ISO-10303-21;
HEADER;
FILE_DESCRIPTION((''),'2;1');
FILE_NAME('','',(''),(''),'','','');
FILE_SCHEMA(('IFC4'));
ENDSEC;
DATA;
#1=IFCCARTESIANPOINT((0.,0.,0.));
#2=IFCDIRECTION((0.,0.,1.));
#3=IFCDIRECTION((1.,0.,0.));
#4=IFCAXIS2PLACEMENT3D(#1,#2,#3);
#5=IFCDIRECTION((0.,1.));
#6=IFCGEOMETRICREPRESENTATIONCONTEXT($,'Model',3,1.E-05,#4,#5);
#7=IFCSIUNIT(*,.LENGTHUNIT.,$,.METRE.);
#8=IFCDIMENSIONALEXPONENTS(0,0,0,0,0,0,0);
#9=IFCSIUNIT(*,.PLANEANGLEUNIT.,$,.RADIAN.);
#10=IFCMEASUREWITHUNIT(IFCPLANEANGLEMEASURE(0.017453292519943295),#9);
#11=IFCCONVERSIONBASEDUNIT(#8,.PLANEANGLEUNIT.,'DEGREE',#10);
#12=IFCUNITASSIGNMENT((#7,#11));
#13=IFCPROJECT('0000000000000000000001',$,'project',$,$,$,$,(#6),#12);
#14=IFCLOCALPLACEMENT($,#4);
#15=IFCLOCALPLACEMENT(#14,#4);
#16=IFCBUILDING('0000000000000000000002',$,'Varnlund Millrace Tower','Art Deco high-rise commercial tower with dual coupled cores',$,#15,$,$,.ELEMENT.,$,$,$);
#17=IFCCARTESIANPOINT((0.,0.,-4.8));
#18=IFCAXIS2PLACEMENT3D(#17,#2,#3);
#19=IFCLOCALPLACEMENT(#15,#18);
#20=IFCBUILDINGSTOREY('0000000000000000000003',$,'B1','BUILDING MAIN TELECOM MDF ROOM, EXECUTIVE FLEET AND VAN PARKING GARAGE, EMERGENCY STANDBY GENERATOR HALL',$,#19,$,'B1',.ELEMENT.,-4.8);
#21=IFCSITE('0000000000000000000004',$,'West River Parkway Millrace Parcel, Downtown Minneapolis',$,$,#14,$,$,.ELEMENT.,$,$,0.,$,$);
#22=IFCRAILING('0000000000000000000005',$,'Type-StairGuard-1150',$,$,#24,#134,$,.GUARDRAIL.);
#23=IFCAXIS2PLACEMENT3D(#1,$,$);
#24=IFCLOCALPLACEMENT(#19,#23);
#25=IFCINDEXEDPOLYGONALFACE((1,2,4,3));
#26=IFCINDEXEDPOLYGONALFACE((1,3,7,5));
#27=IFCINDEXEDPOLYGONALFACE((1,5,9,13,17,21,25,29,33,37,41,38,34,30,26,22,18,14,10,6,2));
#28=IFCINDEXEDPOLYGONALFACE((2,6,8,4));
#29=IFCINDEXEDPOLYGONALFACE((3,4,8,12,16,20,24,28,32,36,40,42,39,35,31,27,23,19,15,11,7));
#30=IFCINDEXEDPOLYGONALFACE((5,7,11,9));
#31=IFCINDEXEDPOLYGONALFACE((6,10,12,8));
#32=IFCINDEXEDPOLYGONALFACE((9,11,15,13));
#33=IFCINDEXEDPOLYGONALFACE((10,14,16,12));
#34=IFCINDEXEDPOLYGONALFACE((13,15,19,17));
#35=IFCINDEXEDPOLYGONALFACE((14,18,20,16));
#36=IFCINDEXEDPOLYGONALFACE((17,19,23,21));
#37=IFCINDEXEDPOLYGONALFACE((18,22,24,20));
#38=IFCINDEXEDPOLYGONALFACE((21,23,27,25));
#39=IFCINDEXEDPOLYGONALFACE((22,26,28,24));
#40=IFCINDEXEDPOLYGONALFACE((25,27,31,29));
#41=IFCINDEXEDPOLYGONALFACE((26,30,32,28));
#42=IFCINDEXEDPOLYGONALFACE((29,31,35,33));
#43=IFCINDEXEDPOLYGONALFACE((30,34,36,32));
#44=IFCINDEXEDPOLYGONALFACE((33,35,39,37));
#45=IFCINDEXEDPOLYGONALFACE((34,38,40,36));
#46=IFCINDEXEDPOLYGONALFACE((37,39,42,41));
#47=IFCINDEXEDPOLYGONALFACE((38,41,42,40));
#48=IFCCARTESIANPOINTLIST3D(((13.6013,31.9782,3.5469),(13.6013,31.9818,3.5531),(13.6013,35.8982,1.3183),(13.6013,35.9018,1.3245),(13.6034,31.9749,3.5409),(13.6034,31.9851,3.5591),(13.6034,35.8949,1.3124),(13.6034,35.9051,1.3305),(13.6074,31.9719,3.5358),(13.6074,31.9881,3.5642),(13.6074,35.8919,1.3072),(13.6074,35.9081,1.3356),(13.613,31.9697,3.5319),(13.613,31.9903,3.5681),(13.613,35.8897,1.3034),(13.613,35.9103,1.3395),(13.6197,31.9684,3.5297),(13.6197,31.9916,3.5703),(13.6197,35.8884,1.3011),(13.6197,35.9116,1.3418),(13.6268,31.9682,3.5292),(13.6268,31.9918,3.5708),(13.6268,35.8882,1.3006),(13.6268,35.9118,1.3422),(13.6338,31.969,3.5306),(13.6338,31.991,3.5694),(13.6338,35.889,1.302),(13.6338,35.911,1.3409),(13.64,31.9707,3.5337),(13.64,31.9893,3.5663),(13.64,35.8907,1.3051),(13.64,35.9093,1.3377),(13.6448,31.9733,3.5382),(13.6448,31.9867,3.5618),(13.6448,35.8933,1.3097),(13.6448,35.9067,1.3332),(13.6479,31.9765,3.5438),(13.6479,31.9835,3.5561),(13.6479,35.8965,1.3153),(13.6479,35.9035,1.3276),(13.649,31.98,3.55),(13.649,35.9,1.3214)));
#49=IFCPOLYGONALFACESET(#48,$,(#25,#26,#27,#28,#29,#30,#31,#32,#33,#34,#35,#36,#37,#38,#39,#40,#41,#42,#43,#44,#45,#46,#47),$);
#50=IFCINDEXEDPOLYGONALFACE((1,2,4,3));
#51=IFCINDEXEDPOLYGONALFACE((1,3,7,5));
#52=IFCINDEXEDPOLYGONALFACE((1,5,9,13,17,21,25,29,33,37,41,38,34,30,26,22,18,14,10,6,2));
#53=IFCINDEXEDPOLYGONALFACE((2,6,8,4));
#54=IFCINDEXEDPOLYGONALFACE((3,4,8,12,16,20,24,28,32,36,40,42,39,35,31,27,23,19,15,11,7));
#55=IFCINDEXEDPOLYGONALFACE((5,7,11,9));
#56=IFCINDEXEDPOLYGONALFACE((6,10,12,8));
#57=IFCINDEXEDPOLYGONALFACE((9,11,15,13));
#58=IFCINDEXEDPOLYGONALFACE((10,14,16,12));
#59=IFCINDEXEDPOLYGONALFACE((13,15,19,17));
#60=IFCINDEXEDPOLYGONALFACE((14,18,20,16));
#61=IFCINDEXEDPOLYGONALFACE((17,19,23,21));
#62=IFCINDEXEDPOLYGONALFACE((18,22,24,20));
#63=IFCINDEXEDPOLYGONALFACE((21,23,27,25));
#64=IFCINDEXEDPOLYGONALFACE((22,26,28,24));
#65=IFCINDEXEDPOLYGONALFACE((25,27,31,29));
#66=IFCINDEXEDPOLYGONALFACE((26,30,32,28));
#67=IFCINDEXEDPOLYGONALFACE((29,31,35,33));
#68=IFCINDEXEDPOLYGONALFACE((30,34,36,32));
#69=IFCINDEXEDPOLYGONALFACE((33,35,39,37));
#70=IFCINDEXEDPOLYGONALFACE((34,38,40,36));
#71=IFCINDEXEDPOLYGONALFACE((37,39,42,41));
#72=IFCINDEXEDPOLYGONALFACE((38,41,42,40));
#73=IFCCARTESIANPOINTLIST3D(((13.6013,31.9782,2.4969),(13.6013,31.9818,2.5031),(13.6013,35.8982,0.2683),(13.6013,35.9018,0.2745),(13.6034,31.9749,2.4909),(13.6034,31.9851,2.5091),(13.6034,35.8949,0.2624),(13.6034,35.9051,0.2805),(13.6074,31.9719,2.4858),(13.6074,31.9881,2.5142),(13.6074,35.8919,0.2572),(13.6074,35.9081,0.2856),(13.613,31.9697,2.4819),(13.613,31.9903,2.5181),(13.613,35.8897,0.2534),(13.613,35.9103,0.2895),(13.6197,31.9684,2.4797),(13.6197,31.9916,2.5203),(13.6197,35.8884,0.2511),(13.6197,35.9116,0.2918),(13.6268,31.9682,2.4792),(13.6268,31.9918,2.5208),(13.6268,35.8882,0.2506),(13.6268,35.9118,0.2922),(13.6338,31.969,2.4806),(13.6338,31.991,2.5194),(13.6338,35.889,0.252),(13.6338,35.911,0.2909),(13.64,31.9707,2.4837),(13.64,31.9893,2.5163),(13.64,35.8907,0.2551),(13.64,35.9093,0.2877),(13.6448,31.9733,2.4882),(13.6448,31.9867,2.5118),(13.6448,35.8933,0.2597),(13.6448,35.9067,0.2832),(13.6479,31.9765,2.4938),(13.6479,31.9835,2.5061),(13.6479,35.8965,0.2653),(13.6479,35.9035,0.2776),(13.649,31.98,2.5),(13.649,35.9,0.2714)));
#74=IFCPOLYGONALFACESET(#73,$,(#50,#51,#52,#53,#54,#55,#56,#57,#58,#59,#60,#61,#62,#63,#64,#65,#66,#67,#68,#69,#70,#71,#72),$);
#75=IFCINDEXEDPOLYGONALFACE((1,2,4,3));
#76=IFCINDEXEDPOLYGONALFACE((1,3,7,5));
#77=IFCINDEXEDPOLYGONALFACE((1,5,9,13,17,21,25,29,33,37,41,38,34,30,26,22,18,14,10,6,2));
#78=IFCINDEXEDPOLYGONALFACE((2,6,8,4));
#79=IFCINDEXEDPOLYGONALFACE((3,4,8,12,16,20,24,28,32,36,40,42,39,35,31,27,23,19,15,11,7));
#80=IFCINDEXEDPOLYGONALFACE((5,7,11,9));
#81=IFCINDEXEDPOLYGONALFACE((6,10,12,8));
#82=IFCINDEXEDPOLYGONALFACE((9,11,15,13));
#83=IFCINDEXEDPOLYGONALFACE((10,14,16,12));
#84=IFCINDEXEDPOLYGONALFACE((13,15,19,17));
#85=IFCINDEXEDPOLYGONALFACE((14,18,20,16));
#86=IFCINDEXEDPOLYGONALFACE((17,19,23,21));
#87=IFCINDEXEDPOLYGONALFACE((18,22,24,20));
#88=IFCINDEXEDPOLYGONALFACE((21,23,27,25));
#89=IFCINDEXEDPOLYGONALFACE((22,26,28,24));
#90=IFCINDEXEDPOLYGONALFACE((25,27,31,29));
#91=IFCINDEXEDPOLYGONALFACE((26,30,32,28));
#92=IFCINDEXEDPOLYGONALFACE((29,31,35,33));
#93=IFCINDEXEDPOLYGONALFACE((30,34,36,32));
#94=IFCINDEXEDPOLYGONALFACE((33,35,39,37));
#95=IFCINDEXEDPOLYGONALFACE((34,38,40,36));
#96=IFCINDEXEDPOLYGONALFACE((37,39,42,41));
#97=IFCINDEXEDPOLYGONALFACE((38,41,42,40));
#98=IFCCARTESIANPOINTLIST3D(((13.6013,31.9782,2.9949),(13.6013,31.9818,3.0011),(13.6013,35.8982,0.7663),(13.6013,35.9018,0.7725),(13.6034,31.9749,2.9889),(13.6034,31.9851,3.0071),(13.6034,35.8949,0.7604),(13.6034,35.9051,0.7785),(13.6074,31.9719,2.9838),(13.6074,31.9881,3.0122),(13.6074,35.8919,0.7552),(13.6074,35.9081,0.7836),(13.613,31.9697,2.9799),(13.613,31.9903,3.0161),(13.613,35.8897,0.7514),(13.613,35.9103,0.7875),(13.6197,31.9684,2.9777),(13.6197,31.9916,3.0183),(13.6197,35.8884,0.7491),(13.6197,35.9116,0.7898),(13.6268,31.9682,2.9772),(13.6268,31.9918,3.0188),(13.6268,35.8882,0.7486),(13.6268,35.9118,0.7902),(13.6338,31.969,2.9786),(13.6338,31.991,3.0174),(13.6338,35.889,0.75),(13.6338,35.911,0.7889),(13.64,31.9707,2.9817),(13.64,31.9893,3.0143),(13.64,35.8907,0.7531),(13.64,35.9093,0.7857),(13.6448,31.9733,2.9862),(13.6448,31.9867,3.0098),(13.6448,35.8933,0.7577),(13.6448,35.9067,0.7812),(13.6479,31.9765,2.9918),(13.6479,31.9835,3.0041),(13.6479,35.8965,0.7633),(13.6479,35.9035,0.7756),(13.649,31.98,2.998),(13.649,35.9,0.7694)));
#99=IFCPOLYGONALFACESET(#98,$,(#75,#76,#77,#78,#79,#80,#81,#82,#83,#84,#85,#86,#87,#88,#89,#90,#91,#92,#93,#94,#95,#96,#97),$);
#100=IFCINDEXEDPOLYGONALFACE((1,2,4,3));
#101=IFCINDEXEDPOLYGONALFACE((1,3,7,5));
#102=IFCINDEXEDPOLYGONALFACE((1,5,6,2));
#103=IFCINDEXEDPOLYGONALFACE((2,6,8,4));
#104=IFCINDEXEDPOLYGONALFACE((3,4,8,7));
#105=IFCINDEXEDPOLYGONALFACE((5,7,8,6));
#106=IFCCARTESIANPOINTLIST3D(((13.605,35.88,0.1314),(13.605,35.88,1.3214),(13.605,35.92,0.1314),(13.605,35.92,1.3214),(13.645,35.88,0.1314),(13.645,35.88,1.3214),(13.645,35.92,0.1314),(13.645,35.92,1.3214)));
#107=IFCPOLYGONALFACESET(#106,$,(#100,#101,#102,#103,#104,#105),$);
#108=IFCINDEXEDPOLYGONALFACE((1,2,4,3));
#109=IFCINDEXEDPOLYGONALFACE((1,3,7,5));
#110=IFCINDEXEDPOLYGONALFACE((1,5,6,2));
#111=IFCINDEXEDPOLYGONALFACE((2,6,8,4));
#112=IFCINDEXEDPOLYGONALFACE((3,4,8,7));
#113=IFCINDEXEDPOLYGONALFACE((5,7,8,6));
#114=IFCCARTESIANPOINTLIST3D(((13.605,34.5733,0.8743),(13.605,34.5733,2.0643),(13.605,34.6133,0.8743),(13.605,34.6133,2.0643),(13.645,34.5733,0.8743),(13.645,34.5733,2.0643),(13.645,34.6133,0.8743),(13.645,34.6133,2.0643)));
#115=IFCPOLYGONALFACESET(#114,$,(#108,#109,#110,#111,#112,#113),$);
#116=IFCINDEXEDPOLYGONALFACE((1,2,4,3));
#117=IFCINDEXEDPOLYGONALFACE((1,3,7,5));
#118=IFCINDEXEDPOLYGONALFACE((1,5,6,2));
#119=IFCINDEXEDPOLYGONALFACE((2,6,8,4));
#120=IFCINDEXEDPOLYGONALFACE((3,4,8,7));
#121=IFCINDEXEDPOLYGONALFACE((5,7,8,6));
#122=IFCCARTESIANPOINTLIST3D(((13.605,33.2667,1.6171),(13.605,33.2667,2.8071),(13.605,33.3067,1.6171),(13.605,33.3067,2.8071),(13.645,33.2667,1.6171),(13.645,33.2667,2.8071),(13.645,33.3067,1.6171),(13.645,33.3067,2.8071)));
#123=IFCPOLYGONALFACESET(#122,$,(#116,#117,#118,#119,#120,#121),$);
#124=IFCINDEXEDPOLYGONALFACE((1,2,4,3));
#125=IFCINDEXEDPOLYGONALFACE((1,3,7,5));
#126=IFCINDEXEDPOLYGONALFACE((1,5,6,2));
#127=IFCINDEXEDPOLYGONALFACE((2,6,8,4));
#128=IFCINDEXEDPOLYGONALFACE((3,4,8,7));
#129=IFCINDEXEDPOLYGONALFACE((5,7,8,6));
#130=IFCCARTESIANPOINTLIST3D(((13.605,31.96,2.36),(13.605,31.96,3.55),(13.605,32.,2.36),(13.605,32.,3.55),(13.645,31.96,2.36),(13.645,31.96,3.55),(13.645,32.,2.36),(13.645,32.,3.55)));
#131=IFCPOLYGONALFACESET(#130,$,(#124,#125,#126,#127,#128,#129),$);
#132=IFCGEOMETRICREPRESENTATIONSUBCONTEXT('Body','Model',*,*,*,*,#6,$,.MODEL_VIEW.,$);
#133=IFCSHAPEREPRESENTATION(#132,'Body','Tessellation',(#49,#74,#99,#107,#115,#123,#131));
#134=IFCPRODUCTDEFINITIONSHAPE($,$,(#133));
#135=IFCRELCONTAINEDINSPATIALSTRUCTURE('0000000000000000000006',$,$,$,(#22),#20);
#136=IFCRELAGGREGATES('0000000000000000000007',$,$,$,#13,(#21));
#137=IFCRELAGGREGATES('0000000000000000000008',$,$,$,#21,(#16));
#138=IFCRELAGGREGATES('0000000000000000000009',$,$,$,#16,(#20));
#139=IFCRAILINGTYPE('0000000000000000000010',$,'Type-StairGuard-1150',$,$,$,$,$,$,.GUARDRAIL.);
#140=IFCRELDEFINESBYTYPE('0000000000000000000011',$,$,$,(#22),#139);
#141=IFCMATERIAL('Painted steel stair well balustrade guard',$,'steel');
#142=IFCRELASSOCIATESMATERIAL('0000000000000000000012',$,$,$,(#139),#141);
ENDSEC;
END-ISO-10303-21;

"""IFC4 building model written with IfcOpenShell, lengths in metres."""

from ifc_helpers import new_model, entity, si_unit, converted_unit, direction, frame, origin_with_axes, origin_2d_with_axis, place, context, subcontext, project, spatial, rectangle, circle, extrude, material, type_object, element, save


model = new_model("IFC4")

# Units and contexts
model_context = context("Model", 3, precision=1e-05, world=origin_with_axes(), true_north=direction((0.0, 1.0)))
body_context = subcontext(model_context, "Body", "Model", "MODEL_VIEW")
ifc_project = project(units=[si_unit("LENGTHUNIT", "METRE"), converted_unit("PLANEANGLEUNIT", "DEGREE", entity("IfcPlaneAngleMeasure", 0.017453292519943295), si_unit("PLANEANGLEUNIT", "RADIAN"), dimensions=[0, 0, 0, 0, 0, 0, 0])], contexts=[model_context])

# Site, building, storey
site_placement = place(None, origin_with_axes())
site = spatial("IfcSite", under=ifc_project, at=site_placement, Name="West River Parkway Millrace Parcel, Downtown Minneapolis", CompositionType="ELEMENT", RefElevation=0.0)
building_placement = place(site_placement, origin_with_axes())
building = spatial("IfcBuilding", under=site, at=building_placement, Name="Varnlund Millrace Tower", Description="Art Deco high-rise commercial tower with dual coupled cores", CompositionType="ELEMENT")
storey_placement = place(building_placement, frame((0.0, 0.0, -4.8), z_axis=(0.0, 0.0, 1.0), x_axis=(1.0, 0.0, 0.0)))
storey = spatial("IfcBuildingStorey", under=building, at=storey_placement, Name="B1", Description="BUILDING MAIN TELECOM MDF ROOM, EXECUTIVE FLEET AND VAN PARKING GARAGE, EMERGENCY STANDBY GENERATOR HALL", LongName="B1", CompositionType="ELEMENT", Elevation=-4.8)

# Railing
ifc_material_1 = material(Name="Painted steel stair well balustrade guard", Category="steel")
railing_type_1 = type_object("IfcRailingType", Name="Type-StairGuard-1150", PredefinedType="GUARDRAIL", material=ifc_material_1)
railing_1_placement = place(storey_placement, frame((0.0, 0.0, 4.8), z_axis=(0.0, 0.0, 1.0), x_axis=(1.0, 0.0, 0.0)))
element("IfcRailing", 1, at=railing_1_placement, inside=storey, type_object=railing_type_1, Name="Type-StairGuard-1150", PredefinedType="GUARDRAIL", context=body_context, shape_type="SweptSolid", body=[
    extrude(circle(Radius=0.024, at=origin_2d_with_axis()), frame((13.625, 35.9, -3.4786), z_axis=(0.0, -0.869333, 0.494227), x_axis=(1.0, 0.0, 0.0)), (0.0, 0.0, 1.0), 4.5092),
    extrude(circle(Radius=0.024, at=origin_2d_with_axis()), frame((13.625, 35.9, -4.5286), z_axis=(0.0, -0.869333, 0.494227), x_axis=(1.0, 0.0, 0.0)), (0.0, 0.0, 1.0), 4.5092),
    extrude(circle(Radius=0.024, at=origin_2d_with_axis()), frame((13.625, 35.9, -4.0306), z_axis=(0.0, -0.869333, 0.494227), x_axis=(1.0, 0.0, 0.0)), (0.0, 0.0, 1.0), 4.5092),
    extrude(rectangle(XDim=0.04, YDim=0.04, at=origin_2d_with_axis()), frame((13.625, 35.9, -4.6686), z_axis=(0.0, 0.0, 1.0), x_axis=(1.0, 0.0, 0.0)), (0.0, 0.0, 1.0), 1.19),
    extrude(rectangle(XDim=0.04, YDim=0.04, at=origin_2d_with_axis()), frame((13.625, 34.5933, -3.9257), z_axis=(0.0, 0.0, 1.0), x_axis=(1.0, 0.0, 0.0)), (0.0, 0.0, 1.0), 1.19),
    extrude(rectangle(XDim=0.04, YDim=0.04, at=origin_2d_with_axis()), frame((13.625, 33.2867, -3.1829), z_axis=(0.0, 0.0, 1.0), x_axis=(1.0, 0.0, 0.0)), (0.0, 0.0, 1.0), 1.19),
    extrude(rectangle(XDim=0.04, YDim=0.04, at=origin_2d_with_axis()), frame((13.625, 31.98, -2.44), z_axis=(0.0, 0.0, 1.0), x_axis=(1.0, 0.0, 0.0)), (0.0, 0.0, 1.0), 1.19),
])

save(model, "model.ifc")
